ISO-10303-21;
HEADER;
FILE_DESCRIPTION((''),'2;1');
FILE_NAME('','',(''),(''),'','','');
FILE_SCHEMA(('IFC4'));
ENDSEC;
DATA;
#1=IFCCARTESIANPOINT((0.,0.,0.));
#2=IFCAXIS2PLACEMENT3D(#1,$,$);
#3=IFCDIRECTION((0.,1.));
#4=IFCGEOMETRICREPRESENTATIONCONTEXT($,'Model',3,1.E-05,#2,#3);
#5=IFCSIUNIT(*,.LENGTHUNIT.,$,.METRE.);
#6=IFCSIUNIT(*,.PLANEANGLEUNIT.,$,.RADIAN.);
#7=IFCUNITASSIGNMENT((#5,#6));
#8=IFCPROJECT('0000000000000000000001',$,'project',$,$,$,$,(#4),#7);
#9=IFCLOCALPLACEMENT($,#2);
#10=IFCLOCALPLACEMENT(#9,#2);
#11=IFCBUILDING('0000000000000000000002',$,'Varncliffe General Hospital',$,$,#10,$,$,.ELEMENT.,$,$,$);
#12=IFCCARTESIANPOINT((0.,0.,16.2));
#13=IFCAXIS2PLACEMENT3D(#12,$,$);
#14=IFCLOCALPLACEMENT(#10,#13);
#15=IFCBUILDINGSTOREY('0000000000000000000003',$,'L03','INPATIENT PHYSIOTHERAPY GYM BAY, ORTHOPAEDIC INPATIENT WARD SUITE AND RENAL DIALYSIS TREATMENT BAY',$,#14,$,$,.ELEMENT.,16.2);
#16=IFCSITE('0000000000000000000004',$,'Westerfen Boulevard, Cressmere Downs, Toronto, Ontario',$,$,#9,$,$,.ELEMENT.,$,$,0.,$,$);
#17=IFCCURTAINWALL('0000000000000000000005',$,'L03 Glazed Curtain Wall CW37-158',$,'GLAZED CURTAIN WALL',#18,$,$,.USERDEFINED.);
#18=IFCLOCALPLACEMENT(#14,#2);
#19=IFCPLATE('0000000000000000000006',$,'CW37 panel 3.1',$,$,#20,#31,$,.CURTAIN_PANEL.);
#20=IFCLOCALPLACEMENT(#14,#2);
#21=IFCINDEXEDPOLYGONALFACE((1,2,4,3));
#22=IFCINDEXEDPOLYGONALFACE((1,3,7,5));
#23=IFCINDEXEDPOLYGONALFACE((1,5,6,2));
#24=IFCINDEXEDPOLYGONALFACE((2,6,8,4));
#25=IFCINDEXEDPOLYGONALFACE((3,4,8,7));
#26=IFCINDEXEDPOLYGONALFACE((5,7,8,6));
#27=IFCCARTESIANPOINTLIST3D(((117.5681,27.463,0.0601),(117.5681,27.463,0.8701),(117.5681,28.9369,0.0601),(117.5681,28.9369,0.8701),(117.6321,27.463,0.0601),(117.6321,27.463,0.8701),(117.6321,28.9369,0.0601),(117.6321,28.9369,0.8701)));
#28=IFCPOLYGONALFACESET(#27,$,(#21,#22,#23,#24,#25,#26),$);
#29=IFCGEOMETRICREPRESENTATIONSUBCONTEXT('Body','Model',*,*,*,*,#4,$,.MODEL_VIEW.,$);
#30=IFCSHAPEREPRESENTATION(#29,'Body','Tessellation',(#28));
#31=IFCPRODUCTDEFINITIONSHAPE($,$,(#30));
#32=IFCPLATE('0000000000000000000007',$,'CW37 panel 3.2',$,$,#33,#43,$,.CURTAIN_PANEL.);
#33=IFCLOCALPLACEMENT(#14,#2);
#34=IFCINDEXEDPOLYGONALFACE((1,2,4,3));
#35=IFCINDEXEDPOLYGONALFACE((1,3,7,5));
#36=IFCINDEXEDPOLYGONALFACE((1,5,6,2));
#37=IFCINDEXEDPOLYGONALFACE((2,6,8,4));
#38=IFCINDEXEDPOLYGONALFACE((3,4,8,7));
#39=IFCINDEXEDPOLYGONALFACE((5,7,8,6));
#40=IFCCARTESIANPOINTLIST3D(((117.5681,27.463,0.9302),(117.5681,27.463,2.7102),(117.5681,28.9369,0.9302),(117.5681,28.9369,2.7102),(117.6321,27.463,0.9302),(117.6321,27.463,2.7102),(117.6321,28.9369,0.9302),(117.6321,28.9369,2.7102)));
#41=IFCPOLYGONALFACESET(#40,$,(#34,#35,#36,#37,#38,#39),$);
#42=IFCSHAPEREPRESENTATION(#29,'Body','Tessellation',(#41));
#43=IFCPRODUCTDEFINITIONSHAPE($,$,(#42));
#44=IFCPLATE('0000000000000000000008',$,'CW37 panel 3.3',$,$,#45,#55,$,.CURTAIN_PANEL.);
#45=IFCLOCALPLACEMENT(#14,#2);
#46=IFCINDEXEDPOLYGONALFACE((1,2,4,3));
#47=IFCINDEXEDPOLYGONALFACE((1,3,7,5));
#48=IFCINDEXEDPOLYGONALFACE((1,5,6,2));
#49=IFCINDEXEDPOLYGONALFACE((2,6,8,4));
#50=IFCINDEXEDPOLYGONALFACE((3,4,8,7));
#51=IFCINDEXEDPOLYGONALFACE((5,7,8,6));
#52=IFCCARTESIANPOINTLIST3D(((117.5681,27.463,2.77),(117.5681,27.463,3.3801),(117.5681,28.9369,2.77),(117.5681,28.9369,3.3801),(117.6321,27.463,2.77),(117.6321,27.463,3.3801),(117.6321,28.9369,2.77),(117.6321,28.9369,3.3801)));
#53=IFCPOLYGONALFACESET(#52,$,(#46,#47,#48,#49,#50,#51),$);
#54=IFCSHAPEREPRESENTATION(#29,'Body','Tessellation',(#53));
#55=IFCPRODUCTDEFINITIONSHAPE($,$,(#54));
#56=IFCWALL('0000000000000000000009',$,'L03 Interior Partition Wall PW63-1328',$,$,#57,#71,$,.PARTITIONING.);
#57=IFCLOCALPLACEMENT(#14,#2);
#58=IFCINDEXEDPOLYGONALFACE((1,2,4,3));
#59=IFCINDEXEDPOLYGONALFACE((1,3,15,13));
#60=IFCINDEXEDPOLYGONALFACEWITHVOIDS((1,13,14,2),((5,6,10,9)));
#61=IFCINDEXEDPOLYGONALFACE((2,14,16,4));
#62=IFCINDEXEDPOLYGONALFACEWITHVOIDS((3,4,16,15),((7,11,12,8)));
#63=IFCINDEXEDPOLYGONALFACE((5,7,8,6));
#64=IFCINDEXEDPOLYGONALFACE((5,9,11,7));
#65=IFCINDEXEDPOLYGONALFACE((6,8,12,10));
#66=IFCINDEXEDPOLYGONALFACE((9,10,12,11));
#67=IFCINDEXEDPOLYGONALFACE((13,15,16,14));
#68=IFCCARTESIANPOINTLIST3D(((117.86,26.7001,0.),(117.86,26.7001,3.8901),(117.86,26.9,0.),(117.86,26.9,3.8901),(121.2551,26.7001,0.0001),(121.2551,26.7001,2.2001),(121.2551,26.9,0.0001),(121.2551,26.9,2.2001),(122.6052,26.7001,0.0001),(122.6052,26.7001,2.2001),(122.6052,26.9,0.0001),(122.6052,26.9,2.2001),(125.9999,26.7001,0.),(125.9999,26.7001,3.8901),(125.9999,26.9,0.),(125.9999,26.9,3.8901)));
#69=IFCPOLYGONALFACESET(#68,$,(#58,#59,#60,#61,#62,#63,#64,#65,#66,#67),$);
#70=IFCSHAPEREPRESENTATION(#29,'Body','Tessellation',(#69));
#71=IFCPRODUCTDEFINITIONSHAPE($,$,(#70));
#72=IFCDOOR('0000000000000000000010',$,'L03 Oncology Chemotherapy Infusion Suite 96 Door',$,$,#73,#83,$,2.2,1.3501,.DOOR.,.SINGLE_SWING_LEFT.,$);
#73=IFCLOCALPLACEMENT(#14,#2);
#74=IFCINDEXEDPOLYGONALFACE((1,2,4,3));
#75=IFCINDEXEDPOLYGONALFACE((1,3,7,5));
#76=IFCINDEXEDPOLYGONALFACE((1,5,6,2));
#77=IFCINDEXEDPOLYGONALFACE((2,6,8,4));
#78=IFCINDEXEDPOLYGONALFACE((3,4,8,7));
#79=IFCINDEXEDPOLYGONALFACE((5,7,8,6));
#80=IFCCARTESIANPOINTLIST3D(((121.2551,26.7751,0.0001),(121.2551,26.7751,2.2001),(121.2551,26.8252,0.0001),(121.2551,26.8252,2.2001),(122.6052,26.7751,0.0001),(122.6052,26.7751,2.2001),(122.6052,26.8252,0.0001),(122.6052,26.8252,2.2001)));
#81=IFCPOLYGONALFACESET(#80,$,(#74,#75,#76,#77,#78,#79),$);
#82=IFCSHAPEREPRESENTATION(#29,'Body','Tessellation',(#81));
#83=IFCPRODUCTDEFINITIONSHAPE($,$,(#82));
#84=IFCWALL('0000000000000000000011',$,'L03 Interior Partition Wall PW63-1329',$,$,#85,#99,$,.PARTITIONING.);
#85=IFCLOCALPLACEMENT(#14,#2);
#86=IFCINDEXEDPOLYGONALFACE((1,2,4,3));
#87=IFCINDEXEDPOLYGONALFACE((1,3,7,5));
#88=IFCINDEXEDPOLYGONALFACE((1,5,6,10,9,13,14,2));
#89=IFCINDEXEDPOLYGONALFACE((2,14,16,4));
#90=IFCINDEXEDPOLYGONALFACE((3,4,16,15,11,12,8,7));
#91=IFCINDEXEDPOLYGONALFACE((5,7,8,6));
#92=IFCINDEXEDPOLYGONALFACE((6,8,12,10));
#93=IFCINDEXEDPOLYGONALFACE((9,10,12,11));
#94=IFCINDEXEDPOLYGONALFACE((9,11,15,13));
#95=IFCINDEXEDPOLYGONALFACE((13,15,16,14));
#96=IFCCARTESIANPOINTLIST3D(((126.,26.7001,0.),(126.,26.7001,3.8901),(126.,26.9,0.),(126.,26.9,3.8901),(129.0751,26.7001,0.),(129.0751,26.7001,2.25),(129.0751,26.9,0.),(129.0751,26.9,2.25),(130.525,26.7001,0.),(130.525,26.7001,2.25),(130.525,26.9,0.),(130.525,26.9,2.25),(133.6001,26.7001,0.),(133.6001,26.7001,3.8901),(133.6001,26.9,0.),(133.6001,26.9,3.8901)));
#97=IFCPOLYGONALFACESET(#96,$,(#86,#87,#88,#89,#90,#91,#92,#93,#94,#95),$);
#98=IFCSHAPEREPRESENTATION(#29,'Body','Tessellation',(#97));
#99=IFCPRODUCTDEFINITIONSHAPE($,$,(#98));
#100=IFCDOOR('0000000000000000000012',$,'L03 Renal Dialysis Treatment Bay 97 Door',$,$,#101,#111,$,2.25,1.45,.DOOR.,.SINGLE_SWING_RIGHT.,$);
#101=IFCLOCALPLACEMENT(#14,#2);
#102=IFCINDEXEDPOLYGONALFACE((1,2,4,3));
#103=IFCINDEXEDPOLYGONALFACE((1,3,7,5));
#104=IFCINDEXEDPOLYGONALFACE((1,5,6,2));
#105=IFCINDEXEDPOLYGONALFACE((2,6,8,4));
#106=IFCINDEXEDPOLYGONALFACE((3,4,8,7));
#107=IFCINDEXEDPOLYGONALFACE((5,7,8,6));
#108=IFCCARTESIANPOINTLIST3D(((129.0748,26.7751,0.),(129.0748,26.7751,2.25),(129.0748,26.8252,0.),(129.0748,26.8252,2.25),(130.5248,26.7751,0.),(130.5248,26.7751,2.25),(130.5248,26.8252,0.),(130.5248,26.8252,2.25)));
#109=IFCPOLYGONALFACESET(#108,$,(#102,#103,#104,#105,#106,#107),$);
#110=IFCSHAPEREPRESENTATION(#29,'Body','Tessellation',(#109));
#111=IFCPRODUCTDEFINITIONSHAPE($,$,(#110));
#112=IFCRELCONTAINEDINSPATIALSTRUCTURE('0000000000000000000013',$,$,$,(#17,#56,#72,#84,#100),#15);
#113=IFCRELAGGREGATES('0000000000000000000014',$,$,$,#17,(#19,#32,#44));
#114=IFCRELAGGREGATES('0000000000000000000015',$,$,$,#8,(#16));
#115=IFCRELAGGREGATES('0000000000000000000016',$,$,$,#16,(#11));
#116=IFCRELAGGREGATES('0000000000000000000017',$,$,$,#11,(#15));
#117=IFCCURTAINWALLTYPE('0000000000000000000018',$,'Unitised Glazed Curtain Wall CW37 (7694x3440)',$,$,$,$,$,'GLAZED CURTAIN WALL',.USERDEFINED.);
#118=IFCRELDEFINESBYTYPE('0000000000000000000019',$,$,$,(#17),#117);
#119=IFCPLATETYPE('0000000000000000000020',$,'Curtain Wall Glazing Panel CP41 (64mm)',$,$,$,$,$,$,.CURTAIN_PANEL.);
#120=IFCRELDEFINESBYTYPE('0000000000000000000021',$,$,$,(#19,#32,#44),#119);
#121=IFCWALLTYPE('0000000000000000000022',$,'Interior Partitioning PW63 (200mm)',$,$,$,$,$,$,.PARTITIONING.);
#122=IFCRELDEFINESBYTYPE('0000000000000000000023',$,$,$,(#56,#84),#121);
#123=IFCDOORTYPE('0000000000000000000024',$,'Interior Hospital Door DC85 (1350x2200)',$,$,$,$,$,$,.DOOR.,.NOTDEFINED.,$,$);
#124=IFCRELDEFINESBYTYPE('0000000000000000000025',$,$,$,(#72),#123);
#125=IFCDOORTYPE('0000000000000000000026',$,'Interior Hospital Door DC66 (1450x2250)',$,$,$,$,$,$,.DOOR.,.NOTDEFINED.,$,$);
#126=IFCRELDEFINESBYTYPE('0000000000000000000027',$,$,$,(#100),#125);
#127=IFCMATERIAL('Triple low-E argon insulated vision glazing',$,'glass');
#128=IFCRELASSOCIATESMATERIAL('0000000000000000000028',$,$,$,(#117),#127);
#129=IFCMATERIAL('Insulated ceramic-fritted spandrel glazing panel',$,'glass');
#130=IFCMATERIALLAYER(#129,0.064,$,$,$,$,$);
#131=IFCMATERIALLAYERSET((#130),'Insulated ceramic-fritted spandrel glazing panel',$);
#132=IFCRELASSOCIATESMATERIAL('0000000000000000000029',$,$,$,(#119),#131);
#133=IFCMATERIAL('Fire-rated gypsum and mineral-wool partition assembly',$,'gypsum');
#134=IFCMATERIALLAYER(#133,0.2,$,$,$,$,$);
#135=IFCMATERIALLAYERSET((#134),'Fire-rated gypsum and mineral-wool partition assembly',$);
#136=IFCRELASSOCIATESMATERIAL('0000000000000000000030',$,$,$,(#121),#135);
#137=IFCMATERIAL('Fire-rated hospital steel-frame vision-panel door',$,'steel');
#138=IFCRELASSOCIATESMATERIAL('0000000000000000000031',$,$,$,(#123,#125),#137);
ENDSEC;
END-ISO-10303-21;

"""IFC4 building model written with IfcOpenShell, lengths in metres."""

from ifc_helpers import new_model, si_unit, direction, frame, frame_2d, origin, origin_2d, place, context, subcontext, project, spatial, rectangle, extrude, material, layer, layer_set, type_object, element, fill, aggregate, save


model = new_model("IFC4")

# Units and contexts
model_context = context("Model", 3, precision=1e-05, world=origin(), true_north=direction((0.0, 1.0)))
body_context = subcontext(model_context, "Body", "Model", "MODEL_VIEW")
ifc_project = project(units=[si_unit("LENGTHUNIT", "METRE"), si_unit("PLANEANGLEUNIT", "RADIAN")], contexts=[model_context])

# Site, building, storey
site_placement = place(None, origin())
site = spatial("IfcSite", under=ifc_project, at=site_placement, Name="Westerfen Boulevard, Cressmere Downs, Toronto, Ontario", CompositionType="ELEMENT", RefElevation=0.0)
building_placement = place(site_placement, origin())
building = spatial("IfcBuilding", under=site, at=building_placement, Name="Varncliffe General Hospital", CompositionType="ELEMENT")
storey_placement = place(building_placement, frame((0.0, 0.0, 16.2)))
storey = spatial("IfcBuildingStorey", under=building, at=storey_placement, Name="L03", Description="INPATIENT PHYSIOTHERAPY GYM BAY, ORTHOPAEDIC INPATIENT WARD SUITE AND RENAL DIALYSIS TREATMENT BAY", CompositionType="ELEMENT", Elevation=16.2)

# Curtain wall, plates
ifc_material_1 = material(Name="Triple low-E argon insulated vision glazing", Category="glass")
curtain_wall_type = type_object("IfcCurtainWallType", Name="Unitised Glazed Curtain Wall CW37 (7694x3440)", ElementType="GLAZED CURTAIN WALL", PredefinedType="USERDEFINED", material=ifc_material_1)
curtain_wall_placement = place(storey_placement, origin())
curtain_wall = element("IfcCurtainWall", 1, at=curtain_wall_placement, inside=storey, type_object=curtain_wall_type, Name="L03 Glazed Curtain Wall CW37-158", ObjectType="GLAZED CURTAIN WALL", PredefinedType="USERDEFINED")
ifc_material_2 = material(Name="Insulated ceramic-fritted spandrel glazing panel", Category="glass")
ifc_layer_1 = layer(ifc_material_2, 0.064)
ifc_layer_set_1 = layer_set([ifc_layer_1], Name="Insulated ceramic-fritted spandrel glazing panel")
plate_type = type_object("IfcPlateType", Name="Curtain Wall Glazing Panel CP41 (64mm)", PredefinedType="CURTAIN_PANEL", material=ifc_layer_set_1)
plate_1_placement = place(storey_placement, frame((117.6001, 28.2, 0.0601), z_axis=(0.0, 0.0, 1.0), x_axis=(0.0, 1.0, 0.0)))
plate_1 = element("IfcPlate", 2, at=plate_1_placement, type_object=plate_type, Name="CW37 panel 3.1", PredefinedType="CURTAIN_PANEL", context=body_context, shape_type="SweptSolid", body=[
    extrude(rectangle(XDim=1.4739, YDim=0.064, at=origin_2d()), origin(), (0.0, 0.0, 1.0), 0.8101),
])
plate_2_placement = place(storey_placement, frame((117.6001, 28.2, 0.9302), z_axis=(0.0, 0.0, 1.0), x_axis=(0.0, 1.0, 0.0)))
plate_2 = element("IfcPlate", 3, at=plate_2_placement, type_object=plate_type, Name="CW37 panel 3.2", PredefinedType="CURTAIN_PANEL", context=body_context, shape_type="SweptSolid", body=[
    extrude(rectangle(XDim=1.4739, YDim=0.064, at=origin_2d()), origin(), (0.0, 0.0, 1.0), 1.78),
])
plate_3_placement = place(storey_placement, frame((117.6001, 28.2, 2.77), z_axis=(0.0, 0.0, 1.0), x_axis=(0.0, 1.0, 0.0)))
plate_3 = element("IfcPlate", 4, at=plate_3_placement, type_object=plate_type, Name="CW37 panel 3.3", PredefinedType="CURTAIN_PANEL", context=body_context, shape_type="SweptSolid", body=[
    extrude(rectangle(XDim=1.4739, YDim=0.064, at=origin_2d()), origin(), (0.0, 0.0, 1.0), 0.6101),
])
aggregate(curtain_wall, [plate_1, plate_2, plate_3])

# Walls, openings, doors
ifc_material_3 = material(Name="Fire-rated gypsum and mineral-wool partition assembly", Category="gypsum")
ifc_layer_2 = layer(ifc_material_3, 0.2)
ifc_layer_set_2 = layer_set([ifc_layer_2], Name="Fire-rated gypsum and mineral-wool partition assembly")
wall_type = type_object("IfcWallType", Name="Interior Partitioning PW63 (200mm)", PredefinedType="PARTITIONING", material=ifc_layer_set_2)
wall_1_placement = place(storey_placement, frame((117.8601, 26.8, 0.0), z_axis=(0.0, 0.0, 1.0), x_axis=(1.0, 0.0, 0.0)))
wall_1 = element("IfcWall", 5, at=wall_1_placement, inside=storey, type_object=wall_type, Name="L03 Interior Partition Wall PW63-1328", PredefinedType="PARTITIONING", context=body_context, shape_type="SweptSolid", body=[
    extrude(rectangle(XDim=8.1399, YDim=0.2, at=frame_2d((4.0698, 0.0))), origin(), (0.0, 0.0, 1.0), 3.8901),
])
opening_1_placement = place(wall_1_placement, frame((3.395, 0.0, 0.0)))
opening_1 = element("IfcOpeningElement", 6, at=opening_1_placement, cuts=wall_1, PredefinedType="OPENING", context=body_context, shape_type="SweptSolid", body=[
    extrude(rectangle(XDim=1.3501, YDim=2.2, at=frame_2d((0.675, 1.1001))), frame((0.0, 0.1099, 0.0), z_axis=(0.0, -1.0, 0.0), x_axis=(1.0, 0.0, 0.0)), (0.0, 0.0, 1.0), 0.22),
])
ifc_material_4 = material(Name="Fire-rated hospital steel-frame vision-panel door", Category="steel")
door_type_1 = type_object("IfcDoorType", Name="Interior Hospital Door DC85 (1350x2200)", OperationType="NOTDEFINED", PredefinedType="DOOR", material=ifc_material_4)
door_1_placement = place(opening_1_placement, frame((1.3501, 0.0, 0.0), z_axis=(0.0, 0.0, 1.0), x_axis=(-1.0, 0.0, 0.0)))
door_1 = element("IfcDoor", 7, at=door_1_placement, inside=storey, type_object=door_type_1, Name="L03 Oncology Chemotherapy Infusion Suite 96 Door", OperationType="SINGLE_SWING_LEFT", OverallHeight=2.2, OverallWidth=1.3501, PredefinedType="DOOR", context=body_context, shape_type="SweptSolid", body=[
    extrude(rectangle(XDim=1.3501, YDim=2.2, at=frame_2d((0.675, 1.1001))), frame((0.0, 0.0249, 0.0), z_axis=(0.0, -1.0, 0.0), x_axis=(1.0, 0.0, 0.0)), (0.0, 0.0, 1.0), 0.05),
])
fill(opening_1, door_1)
wall_2_placement = place(storey_placement, frame((126.0, 26.8, 0.0), z_axis=(0.0, 0.0, 1.0), x_axis=(1.0, 0.0, 0.0)))
wall_2 = element("IfcWall", 8, at=wall_2_placement, inside=storey, type_object=wall_type, Name="L03 Interior Partition Wall PW63-1329", PredefinedType="PARTITIONING", context=body_context, shape_type="SweptSolid", body=[
    extrude(rectangle(XDim=7.6001, YDim=0.2, at=frame_2d((3.8, 0.0))), origin(), (0.0, 0.0, 1.0), 3.8901),
])
opening_2_placement = place(wall_2_placement, frame((3.075, 0.0, 0.0)))
opening_2 = element("IfcOpeningElement", 9, at=opening_2_placement, cuts=wall_2, PredefinedType="OPENING", context=body_context, shape_type="SweptSolid", body=[
    extrude(rectangle(XDim=1.45, YDim=2.25, at=frame_2d((0.7251, 1.125))), frame((0.0, 0.1099, 0.0), z_axis=(0.0, -1.0, 0.0), x_axis=(1.0, 0.0, 0.0)), (0.0, 0.0, 1.0), 0.22),
])
door_type_2 = type_object("IfcDoorType", Name="Interior Hospital Door DC66 (1450x2250)", OperationType="NOTDEFINED", PredefinedType="DOOR", material=ifc_material_4)
door_2_placement = place(opening_2_placement, frame((1.45, 0.0, 0.0), z_axis=(0.0, 0.0, 1.0), x_axis=(-1.0, 0.0, 0.0)))
door_2 = element("IfcDoor", 10, at=door_2_placement, inside=storey, type_object=door_type_2, Name="L03 Renal Dialysis Treatment Bay 97 Door", OperationType="SINGLE_SWING_RIGHT", OverallHeight=2.25, OverallWidth=1.45, PredefinedType="DOOR", context=body_context, shape_type="SweptSolid", body=[
    extrude(rectangle(XDim=1.45, YDim=2.25, at=frame_2d((0.7251, 1.125))), frame((0.0, 0.0249, 0.0), z_axis=(0.0, -1.0, 0.0), x_axis=(1.0, 0.0, 0.0)), (0.0, 0.0, 1.0), 0.05),
])
fill(opening_2, door_2)

save(model, "model.ifc")
